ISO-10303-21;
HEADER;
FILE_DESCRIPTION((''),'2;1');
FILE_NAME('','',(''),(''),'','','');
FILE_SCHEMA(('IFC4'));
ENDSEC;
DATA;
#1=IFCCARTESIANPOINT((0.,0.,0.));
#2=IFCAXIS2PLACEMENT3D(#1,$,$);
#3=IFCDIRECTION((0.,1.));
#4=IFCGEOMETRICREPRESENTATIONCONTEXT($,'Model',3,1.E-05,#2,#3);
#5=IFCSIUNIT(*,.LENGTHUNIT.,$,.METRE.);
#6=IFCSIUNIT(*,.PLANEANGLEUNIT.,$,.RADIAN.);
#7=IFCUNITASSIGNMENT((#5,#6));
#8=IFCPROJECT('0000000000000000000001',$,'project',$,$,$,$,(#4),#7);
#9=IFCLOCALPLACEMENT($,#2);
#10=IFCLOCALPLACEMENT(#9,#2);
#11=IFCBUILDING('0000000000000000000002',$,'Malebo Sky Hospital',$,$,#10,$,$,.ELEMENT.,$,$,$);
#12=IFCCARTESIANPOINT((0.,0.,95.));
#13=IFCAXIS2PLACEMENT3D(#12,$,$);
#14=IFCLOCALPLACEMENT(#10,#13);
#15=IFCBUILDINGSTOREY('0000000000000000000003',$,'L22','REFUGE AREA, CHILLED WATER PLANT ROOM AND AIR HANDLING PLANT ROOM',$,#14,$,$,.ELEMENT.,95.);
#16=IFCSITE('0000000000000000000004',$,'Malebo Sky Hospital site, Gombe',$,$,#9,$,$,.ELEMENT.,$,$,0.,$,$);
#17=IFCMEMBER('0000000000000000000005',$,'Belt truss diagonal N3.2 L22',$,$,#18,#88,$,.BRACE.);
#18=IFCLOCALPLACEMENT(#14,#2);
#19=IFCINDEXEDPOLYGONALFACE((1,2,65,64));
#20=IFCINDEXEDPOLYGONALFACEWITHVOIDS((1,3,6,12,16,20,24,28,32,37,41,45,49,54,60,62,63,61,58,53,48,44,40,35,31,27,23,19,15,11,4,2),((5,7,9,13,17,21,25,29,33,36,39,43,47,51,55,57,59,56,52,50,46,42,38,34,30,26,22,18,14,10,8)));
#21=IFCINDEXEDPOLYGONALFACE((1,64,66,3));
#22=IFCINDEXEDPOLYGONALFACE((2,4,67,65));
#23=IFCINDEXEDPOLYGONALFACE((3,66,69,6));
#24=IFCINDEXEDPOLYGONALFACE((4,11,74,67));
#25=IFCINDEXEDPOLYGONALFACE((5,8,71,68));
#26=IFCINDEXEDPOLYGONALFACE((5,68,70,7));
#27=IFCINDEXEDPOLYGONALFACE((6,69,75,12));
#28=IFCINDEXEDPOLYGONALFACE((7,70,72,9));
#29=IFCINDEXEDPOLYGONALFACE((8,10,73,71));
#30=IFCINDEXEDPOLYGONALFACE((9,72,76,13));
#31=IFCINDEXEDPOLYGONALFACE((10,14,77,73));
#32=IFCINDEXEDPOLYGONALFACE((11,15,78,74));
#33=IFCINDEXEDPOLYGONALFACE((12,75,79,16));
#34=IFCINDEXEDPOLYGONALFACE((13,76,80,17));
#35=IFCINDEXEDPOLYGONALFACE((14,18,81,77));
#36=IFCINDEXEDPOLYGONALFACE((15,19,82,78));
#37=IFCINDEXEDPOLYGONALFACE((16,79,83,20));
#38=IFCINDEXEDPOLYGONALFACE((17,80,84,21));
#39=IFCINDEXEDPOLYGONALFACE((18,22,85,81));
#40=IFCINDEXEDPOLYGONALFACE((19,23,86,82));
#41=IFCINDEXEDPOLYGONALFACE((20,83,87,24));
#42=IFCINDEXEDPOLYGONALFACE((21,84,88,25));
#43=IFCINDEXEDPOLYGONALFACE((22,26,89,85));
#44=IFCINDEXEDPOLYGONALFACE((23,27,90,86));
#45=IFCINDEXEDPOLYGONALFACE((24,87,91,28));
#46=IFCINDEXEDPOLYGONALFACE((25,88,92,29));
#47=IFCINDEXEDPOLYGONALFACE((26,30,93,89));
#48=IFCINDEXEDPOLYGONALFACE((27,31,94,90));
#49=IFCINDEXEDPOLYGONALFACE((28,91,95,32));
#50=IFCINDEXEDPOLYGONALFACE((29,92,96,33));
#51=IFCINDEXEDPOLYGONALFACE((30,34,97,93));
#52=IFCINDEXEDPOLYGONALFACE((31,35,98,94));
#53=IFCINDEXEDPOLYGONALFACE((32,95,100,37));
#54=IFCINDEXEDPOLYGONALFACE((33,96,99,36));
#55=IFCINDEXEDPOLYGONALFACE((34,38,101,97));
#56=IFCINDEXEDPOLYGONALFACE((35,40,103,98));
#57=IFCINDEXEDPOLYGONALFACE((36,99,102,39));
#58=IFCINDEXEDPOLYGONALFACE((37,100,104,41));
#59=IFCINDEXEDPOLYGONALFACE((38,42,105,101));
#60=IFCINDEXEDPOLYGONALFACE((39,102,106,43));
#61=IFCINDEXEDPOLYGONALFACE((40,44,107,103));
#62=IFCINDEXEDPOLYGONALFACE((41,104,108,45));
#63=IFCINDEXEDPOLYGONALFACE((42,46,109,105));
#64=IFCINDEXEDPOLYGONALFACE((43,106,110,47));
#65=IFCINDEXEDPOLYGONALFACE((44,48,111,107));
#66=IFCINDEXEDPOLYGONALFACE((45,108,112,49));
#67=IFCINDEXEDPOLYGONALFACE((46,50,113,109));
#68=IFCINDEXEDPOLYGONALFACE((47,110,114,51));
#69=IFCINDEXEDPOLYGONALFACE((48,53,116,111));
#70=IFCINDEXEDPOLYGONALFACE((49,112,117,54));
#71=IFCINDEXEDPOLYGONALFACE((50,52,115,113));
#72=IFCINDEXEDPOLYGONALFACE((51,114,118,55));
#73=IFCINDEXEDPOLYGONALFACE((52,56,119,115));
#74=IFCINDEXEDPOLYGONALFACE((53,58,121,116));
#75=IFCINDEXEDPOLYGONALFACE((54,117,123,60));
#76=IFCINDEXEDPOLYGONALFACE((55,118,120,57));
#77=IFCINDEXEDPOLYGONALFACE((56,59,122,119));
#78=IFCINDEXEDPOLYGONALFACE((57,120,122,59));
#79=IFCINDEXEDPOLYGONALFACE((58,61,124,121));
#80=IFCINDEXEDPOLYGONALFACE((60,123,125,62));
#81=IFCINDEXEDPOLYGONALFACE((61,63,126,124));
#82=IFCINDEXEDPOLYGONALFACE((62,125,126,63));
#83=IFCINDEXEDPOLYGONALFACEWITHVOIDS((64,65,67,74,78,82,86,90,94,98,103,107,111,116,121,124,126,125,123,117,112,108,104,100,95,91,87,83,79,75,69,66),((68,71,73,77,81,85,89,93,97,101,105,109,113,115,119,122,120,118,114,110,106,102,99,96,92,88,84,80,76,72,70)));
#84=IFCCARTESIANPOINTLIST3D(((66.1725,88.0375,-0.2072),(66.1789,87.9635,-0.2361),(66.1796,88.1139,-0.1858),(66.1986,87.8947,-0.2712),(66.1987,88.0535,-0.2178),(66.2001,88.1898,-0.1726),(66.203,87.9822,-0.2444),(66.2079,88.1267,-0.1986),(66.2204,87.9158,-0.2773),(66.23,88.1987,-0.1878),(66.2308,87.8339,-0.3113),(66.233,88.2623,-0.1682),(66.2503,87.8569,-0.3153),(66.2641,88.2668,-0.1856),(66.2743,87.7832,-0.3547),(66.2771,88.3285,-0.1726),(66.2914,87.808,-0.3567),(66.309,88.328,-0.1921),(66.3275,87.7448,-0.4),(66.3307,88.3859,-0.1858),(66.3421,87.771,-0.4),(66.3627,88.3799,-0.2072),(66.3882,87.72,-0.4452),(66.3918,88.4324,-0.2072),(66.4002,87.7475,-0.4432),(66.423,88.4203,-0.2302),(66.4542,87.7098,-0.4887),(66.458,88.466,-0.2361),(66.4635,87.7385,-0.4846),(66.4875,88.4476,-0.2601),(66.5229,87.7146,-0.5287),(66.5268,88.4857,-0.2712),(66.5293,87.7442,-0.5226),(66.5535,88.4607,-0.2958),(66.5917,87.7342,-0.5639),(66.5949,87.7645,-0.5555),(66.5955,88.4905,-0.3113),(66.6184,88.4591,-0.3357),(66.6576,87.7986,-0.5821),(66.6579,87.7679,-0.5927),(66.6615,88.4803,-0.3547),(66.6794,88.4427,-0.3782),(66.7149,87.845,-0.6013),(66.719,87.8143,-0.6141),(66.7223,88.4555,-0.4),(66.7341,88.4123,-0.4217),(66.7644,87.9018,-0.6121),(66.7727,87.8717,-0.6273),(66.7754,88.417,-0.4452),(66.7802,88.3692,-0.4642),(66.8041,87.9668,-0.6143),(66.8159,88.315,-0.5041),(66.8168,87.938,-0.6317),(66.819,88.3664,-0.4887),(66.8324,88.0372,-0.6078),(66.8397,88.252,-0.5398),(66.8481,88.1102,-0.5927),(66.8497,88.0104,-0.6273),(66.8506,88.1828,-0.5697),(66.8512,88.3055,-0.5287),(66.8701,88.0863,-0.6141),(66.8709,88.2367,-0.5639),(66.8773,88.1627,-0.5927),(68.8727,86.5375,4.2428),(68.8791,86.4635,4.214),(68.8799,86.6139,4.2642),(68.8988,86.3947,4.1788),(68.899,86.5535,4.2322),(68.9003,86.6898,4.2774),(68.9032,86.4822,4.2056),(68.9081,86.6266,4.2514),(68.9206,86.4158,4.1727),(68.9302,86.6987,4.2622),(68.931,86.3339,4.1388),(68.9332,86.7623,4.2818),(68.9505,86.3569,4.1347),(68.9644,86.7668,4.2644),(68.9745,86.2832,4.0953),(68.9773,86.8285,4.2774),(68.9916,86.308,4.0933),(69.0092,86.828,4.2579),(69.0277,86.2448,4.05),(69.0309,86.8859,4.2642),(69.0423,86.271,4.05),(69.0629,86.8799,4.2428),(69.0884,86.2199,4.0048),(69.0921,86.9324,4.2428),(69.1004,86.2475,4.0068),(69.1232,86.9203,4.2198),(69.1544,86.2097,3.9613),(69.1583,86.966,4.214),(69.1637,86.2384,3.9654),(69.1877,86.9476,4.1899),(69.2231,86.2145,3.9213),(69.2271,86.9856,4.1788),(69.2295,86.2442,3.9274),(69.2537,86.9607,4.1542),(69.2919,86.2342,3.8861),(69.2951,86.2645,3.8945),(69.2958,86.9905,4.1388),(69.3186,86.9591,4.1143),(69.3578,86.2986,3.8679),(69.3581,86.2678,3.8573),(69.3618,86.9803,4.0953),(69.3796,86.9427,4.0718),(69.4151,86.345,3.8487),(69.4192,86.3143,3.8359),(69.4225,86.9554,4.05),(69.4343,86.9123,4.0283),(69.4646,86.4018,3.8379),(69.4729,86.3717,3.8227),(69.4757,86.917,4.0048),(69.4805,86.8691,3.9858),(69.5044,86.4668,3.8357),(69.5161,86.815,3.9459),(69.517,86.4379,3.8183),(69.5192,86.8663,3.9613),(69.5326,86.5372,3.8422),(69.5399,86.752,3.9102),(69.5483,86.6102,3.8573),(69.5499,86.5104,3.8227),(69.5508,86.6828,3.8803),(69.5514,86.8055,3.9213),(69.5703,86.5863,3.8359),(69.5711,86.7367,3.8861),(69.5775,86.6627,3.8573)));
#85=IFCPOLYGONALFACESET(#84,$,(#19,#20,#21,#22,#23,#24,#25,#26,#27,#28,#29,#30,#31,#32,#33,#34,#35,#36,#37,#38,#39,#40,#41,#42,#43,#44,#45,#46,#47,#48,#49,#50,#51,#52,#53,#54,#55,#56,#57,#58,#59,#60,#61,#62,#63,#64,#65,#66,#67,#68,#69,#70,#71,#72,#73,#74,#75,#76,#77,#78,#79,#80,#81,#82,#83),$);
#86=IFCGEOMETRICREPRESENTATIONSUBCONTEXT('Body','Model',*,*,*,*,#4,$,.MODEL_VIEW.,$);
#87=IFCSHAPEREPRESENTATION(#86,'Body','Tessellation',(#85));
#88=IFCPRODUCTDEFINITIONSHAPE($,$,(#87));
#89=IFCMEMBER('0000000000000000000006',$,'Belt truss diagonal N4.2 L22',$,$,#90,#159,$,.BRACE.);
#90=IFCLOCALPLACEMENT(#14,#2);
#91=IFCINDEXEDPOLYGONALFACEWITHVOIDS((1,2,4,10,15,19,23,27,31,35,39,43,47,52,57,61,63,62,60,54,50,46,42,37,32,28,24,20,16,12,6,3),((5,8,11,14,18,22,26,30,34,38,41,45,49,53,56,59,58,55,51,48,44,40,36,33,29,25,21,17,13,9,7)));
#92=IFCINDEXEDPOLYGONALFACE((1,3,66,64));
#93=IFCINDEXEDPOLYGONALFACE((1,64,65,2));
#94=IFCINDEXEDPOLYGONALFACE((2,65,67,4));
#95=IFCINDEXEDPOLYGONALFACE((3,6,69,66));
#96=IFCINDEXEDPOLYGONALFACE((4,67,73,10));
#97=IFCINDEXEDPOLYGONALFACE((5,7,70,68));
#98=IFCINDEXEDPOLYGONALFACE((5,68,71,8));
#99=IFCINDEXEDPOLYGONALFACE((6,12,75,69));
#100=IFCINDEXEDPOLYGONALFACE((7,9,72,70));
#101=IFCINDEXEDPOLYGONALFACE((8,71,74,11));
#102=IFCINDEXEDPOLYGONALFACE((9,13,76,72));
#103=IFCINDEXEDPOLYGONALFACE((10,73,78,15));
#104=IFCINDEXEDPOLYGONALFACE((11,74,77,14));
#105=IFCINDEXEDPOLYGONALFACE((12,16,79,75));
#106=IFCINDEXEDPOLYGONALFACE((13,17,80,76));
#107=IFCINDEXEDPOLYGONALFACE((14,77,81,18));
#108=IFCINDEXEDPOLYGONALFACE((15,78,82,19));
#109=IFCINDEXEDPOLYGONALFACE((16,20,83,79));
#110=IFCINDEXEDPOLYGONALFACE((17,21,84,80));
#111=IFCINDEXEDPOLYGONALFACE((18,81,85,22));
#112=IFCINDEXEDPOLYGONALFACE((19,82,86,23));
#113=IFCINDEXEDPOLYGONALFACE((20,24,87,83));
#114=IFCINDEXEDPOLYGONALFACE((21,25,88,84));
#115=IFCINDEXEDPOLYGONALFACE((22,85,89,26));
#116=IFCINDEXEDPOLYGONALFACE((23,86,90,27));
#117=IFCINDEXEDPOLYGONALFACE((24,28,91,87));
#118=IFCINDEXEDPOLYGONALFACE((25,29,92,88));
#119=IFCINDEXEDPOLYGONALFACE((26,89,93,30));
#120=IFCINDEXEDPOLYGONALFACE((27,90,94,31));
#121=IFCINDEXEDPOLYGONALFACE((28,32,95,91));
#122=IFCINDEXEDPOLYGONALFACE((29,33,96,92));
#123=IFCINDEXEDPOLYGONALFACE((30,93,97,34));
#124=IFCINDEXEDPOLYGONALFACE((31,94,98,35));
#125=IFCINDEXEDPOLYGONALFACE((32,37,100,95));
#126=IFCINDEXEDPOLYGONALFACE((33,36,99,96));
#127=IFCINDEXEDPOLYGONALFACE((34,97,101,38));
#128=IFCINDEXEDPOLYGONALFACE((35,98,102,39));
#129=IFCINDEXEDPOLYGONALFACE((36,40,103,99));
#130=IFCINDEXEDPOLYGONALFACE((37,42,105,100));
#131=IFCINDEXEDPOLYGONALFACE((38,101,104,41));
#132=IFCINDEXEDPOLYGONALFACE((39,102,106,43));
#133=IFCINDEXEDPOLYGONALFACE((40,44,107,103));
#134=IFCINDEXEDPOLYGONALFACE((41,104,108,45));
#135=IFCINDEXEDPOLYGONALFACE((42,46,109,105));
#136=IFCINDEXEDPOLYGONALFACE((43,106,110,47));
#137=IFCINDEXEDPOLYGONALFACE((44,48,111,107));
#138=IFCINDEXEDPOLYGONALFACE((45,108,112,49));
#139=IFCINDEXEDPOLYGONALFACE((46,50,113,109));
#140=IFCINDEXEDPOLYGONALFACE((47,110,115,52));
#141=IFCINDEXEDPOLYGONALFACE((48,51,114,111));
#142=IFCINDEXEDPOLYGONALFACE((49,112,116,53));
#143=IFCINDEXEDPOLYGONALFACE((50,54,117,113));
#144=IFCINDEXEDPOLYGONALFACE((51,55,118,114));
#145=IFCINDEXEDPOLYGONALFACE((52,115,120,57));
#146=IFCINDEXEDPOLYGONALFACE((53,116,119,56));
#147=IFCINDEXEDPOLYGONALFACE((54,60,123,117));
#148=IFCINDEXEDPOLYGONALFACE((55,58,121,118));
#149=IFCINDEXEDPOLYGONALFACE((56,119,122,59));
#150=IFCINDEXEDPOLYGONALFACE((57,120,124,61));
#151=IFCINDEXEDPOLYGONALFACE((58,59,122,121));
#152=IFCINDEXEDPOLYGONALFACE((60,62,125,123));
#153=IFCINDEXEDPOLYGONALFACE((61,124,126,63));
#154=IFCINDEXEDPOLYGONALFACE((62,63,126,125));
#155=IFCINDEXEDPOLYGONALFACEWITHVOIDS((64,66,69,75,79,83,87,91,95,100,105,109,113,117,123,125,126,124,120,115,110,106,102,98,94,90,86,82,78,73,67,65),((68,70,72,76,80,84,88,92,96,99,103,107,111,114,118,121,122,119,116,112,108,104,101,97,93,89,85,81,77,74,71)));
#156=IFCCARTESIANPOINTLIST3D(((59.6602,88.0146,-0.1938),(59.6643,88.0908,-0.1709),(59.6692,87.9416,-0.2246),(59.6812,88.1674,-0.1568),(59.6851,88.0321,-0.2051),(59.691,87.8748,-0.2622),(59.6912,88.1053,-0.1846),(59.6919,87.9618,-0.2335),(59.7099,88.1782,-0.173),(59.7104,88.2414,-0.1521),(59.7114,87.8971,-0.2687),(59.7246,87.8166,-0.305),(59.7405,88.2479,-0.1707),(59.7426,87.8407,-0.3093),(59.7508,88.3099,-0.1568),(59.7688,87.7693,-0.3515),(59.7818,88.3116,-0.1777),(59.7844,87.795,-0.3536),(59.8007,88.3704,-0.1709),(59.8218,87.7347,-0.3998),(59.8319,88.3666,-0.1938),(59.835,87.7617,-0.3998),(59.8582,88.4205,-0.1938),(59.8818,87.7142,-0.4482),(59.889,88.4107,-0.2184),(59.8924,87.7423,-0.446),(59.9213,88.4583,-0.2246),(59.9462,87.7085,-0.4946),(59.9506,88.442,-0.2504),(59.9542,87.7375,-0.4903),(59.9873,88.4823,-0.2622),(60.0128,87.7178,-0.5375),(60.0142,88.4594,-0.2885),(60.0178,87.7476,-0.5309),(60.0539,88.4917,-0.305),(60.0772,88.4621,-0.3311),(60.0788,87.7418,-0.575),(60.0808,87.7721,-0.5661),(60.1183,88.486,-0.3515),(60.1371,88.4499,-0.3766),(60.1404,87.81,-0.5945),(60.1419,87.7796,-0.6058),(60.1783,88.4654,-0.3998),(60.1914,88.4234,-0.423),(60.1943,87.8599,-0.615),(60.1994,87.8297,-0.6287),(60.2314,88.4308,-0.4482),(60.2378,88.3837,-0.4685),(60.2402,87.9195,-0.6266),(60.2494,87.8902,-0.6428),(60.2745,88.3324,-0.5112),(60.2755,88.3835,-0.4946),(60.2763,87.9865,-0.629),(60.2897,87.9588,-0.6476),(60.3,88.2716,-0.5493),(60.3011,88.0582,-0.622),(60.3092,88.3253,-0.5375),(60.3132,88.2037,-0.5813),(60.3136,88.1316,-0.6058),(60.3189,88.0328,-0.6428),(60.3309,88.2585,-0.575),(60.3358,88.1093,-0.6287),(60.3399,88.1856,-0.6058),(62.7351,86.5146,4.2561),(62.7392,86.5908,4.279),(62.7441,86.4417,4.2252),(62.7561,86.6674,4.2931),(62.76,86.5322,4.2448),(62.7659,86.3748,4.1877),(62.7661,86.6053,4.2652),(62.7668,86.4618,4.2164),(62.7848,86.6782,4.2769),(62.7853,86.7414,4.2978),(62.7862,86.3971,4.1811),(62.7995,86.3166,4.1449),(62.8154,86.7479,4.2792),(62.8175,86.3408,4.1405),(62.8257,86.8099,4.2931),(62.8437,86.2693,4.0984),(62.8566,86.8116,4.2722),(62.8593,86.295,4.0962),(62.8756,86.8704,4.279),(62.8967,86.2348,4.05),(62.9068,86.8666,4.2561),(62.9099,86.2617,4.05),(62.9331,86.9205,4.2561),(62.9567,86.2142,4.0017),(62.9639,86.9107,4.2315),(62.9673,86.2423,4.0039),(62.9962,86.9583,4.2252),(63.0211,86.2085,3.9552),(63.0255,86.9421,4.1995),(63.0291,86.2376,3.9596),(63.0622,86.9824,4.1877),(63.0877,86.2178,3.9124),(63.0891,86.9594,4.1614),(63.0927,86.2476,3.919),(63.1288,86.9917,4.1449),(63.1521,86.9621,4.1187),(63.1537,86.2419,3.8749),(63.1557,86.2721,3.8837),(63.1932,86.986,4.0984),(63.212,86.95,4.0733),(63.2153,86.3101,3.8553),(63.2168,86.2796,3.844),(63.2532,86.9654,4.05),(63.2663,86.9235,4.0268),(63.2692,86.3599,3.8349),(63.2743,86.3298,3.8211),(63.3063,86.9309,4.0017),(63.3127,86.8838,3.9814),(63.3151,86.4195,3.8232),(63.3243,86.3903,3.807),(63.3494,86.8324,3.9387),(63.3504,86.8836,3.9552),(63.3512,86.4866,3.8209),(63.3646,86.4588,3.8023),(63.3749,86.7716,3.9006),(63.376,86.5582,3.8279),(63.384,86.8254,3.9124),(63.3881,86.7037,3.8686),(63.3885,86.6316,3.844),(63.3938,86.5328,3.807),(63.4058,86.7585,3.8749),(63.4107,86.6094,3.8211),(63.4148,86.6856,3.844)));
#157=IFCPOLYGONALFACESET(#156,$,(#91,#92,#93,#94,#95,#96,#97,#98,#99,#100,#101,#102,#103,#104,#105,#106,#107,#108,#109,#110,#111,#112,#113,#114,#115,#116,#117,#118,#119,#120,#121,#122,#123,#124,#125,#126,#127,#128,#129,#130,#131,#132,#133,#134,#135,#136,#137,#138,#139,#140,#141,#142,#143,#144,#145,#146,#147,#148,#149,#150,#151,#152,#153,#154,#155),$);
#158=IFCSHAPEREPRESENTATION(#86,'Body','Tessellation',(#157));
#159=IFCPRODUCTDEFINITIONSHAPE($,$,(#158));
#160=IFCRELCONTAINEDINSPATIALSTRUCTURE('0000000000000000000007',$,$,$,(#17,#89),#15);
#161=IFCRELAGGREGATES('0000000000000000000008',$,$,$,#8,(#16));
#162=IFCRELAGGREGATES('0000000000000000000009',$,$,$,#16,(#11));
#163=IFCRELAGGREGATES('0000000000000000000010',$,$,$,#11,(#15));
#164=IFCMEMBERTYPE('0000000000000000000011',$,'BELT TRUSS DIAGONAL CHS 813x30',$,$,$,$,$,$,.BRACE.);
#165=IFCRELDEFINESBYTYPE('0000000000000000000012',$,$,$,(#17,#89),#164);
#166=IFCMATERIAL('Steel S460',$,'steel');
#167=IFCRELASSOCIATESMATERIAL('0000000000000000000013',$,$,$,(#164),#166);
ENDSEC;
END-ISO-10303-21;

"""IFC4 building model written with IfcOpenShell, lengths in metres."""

from ifc_helpers import new_model, si_unit, direction, frame, origin, origin_2d, place, context, subcontext, project, spatial, hollow_circle, extrude, material, material_profile, profile_set, type_object, element, save


model = new_model("IFC4")

# Units and contexts
model_context = context("Model", 3, precision=1e-05, world=origin(), true_north=direction((0.0, 1.0)))
body_context = subcontext(model_context, "Body", "Model", "MODEL_VIEW")
ifc_project = project(units=[si_unit("LENGTHUNIT", "METRE"), si_unit("PLANEANGLEUNIT", "RADIAN")], contexts=[model_context])

# Site, building, storey
site_placement = place(None, origin())
site = spatial("IfcSite", under=ifc_project, at=site_placement, Name="Malebo Sky Hospital site, Gombe", CompositionType="ELEMENT", RefElevation=0.0)
building_placement = place(site_placement, origin())
building = spatial("IfcBuilding", under=site, at=building_placement, Name="Malebo Sky Hospital", CompositionType="ELEMENT")
storey_placement = place(building_placement, frame((0.0, 0.0, 95.0)))
storey = spatial("IfcBuildingStorey", under=building, at=storey_placement, Name="L22", Description="REFUGE AREA, CHILLED WATER PLANT ROOM AND AIR HANDLING PLANT ROOM", CompositionType="ELEMENT", Elevation=95.0)

# Members
ifc_material_1 = material(Name="Steel S460", Category="steel")
ifc_material_profile_1 = material_profile(ifc_material_1, hollow_circle(Radius=0.4065, WallThickness=0.03, at=origin_2d()), Name="CHS 813x30")
ifc_profile_set_1 = profile_set([ifc_material_profile_1], Name="Steel S460")
member_type_1 = type_object("IfcMemberType", Name="BELT TRUSS DIAGONAL CHS 813x30", PredefinedType="BRACE", material=ifc_profile_set_1)
member_1_placement = place(storey_placement, frame((69.2251, 86.6001, 4.05), z_axis=(-0.498473, 0.27691, -0.82149), x_axis=(-0.485616, -0.874172, 0.0)))
element("IfcMember", 1, at=member_1_placement, inside=storey, type_object=member_type_1, Name="Belt truss diagonal N3.2 L22", PredefinedType="BRACE", context=body_context, shape_type="SweptSolid", body=[
    extrude(hollow_circle(Radius=0.4065, WallThickness=0.03, at=origin_2d()), origin(), (0.0, 0.0, 1.0), 5.417),
])
member_2_placement = place(storey_placement, frame((63.075, 86.6001, 4.05), z_axis=(-0.547813, 0.26723, -0.792773), x_axis=(-0.438429, -0.898766, 0.0)))
element("IfcMember", 2, at=member_2_placement, inside=storey, type_object=member_type_1, Name="Belt truss diagonal N4.2 L22", PredefinedType="BRACE", context=body_context, shape_type="SweptSolid", body=[
    extrude(hollow_circle(Radius=0.4065, WallThickness=0.03, at=origin_2d()), origin(), (0.0, 0.0, 1.0), 5.613),
])

save(model, "model.ifc")
